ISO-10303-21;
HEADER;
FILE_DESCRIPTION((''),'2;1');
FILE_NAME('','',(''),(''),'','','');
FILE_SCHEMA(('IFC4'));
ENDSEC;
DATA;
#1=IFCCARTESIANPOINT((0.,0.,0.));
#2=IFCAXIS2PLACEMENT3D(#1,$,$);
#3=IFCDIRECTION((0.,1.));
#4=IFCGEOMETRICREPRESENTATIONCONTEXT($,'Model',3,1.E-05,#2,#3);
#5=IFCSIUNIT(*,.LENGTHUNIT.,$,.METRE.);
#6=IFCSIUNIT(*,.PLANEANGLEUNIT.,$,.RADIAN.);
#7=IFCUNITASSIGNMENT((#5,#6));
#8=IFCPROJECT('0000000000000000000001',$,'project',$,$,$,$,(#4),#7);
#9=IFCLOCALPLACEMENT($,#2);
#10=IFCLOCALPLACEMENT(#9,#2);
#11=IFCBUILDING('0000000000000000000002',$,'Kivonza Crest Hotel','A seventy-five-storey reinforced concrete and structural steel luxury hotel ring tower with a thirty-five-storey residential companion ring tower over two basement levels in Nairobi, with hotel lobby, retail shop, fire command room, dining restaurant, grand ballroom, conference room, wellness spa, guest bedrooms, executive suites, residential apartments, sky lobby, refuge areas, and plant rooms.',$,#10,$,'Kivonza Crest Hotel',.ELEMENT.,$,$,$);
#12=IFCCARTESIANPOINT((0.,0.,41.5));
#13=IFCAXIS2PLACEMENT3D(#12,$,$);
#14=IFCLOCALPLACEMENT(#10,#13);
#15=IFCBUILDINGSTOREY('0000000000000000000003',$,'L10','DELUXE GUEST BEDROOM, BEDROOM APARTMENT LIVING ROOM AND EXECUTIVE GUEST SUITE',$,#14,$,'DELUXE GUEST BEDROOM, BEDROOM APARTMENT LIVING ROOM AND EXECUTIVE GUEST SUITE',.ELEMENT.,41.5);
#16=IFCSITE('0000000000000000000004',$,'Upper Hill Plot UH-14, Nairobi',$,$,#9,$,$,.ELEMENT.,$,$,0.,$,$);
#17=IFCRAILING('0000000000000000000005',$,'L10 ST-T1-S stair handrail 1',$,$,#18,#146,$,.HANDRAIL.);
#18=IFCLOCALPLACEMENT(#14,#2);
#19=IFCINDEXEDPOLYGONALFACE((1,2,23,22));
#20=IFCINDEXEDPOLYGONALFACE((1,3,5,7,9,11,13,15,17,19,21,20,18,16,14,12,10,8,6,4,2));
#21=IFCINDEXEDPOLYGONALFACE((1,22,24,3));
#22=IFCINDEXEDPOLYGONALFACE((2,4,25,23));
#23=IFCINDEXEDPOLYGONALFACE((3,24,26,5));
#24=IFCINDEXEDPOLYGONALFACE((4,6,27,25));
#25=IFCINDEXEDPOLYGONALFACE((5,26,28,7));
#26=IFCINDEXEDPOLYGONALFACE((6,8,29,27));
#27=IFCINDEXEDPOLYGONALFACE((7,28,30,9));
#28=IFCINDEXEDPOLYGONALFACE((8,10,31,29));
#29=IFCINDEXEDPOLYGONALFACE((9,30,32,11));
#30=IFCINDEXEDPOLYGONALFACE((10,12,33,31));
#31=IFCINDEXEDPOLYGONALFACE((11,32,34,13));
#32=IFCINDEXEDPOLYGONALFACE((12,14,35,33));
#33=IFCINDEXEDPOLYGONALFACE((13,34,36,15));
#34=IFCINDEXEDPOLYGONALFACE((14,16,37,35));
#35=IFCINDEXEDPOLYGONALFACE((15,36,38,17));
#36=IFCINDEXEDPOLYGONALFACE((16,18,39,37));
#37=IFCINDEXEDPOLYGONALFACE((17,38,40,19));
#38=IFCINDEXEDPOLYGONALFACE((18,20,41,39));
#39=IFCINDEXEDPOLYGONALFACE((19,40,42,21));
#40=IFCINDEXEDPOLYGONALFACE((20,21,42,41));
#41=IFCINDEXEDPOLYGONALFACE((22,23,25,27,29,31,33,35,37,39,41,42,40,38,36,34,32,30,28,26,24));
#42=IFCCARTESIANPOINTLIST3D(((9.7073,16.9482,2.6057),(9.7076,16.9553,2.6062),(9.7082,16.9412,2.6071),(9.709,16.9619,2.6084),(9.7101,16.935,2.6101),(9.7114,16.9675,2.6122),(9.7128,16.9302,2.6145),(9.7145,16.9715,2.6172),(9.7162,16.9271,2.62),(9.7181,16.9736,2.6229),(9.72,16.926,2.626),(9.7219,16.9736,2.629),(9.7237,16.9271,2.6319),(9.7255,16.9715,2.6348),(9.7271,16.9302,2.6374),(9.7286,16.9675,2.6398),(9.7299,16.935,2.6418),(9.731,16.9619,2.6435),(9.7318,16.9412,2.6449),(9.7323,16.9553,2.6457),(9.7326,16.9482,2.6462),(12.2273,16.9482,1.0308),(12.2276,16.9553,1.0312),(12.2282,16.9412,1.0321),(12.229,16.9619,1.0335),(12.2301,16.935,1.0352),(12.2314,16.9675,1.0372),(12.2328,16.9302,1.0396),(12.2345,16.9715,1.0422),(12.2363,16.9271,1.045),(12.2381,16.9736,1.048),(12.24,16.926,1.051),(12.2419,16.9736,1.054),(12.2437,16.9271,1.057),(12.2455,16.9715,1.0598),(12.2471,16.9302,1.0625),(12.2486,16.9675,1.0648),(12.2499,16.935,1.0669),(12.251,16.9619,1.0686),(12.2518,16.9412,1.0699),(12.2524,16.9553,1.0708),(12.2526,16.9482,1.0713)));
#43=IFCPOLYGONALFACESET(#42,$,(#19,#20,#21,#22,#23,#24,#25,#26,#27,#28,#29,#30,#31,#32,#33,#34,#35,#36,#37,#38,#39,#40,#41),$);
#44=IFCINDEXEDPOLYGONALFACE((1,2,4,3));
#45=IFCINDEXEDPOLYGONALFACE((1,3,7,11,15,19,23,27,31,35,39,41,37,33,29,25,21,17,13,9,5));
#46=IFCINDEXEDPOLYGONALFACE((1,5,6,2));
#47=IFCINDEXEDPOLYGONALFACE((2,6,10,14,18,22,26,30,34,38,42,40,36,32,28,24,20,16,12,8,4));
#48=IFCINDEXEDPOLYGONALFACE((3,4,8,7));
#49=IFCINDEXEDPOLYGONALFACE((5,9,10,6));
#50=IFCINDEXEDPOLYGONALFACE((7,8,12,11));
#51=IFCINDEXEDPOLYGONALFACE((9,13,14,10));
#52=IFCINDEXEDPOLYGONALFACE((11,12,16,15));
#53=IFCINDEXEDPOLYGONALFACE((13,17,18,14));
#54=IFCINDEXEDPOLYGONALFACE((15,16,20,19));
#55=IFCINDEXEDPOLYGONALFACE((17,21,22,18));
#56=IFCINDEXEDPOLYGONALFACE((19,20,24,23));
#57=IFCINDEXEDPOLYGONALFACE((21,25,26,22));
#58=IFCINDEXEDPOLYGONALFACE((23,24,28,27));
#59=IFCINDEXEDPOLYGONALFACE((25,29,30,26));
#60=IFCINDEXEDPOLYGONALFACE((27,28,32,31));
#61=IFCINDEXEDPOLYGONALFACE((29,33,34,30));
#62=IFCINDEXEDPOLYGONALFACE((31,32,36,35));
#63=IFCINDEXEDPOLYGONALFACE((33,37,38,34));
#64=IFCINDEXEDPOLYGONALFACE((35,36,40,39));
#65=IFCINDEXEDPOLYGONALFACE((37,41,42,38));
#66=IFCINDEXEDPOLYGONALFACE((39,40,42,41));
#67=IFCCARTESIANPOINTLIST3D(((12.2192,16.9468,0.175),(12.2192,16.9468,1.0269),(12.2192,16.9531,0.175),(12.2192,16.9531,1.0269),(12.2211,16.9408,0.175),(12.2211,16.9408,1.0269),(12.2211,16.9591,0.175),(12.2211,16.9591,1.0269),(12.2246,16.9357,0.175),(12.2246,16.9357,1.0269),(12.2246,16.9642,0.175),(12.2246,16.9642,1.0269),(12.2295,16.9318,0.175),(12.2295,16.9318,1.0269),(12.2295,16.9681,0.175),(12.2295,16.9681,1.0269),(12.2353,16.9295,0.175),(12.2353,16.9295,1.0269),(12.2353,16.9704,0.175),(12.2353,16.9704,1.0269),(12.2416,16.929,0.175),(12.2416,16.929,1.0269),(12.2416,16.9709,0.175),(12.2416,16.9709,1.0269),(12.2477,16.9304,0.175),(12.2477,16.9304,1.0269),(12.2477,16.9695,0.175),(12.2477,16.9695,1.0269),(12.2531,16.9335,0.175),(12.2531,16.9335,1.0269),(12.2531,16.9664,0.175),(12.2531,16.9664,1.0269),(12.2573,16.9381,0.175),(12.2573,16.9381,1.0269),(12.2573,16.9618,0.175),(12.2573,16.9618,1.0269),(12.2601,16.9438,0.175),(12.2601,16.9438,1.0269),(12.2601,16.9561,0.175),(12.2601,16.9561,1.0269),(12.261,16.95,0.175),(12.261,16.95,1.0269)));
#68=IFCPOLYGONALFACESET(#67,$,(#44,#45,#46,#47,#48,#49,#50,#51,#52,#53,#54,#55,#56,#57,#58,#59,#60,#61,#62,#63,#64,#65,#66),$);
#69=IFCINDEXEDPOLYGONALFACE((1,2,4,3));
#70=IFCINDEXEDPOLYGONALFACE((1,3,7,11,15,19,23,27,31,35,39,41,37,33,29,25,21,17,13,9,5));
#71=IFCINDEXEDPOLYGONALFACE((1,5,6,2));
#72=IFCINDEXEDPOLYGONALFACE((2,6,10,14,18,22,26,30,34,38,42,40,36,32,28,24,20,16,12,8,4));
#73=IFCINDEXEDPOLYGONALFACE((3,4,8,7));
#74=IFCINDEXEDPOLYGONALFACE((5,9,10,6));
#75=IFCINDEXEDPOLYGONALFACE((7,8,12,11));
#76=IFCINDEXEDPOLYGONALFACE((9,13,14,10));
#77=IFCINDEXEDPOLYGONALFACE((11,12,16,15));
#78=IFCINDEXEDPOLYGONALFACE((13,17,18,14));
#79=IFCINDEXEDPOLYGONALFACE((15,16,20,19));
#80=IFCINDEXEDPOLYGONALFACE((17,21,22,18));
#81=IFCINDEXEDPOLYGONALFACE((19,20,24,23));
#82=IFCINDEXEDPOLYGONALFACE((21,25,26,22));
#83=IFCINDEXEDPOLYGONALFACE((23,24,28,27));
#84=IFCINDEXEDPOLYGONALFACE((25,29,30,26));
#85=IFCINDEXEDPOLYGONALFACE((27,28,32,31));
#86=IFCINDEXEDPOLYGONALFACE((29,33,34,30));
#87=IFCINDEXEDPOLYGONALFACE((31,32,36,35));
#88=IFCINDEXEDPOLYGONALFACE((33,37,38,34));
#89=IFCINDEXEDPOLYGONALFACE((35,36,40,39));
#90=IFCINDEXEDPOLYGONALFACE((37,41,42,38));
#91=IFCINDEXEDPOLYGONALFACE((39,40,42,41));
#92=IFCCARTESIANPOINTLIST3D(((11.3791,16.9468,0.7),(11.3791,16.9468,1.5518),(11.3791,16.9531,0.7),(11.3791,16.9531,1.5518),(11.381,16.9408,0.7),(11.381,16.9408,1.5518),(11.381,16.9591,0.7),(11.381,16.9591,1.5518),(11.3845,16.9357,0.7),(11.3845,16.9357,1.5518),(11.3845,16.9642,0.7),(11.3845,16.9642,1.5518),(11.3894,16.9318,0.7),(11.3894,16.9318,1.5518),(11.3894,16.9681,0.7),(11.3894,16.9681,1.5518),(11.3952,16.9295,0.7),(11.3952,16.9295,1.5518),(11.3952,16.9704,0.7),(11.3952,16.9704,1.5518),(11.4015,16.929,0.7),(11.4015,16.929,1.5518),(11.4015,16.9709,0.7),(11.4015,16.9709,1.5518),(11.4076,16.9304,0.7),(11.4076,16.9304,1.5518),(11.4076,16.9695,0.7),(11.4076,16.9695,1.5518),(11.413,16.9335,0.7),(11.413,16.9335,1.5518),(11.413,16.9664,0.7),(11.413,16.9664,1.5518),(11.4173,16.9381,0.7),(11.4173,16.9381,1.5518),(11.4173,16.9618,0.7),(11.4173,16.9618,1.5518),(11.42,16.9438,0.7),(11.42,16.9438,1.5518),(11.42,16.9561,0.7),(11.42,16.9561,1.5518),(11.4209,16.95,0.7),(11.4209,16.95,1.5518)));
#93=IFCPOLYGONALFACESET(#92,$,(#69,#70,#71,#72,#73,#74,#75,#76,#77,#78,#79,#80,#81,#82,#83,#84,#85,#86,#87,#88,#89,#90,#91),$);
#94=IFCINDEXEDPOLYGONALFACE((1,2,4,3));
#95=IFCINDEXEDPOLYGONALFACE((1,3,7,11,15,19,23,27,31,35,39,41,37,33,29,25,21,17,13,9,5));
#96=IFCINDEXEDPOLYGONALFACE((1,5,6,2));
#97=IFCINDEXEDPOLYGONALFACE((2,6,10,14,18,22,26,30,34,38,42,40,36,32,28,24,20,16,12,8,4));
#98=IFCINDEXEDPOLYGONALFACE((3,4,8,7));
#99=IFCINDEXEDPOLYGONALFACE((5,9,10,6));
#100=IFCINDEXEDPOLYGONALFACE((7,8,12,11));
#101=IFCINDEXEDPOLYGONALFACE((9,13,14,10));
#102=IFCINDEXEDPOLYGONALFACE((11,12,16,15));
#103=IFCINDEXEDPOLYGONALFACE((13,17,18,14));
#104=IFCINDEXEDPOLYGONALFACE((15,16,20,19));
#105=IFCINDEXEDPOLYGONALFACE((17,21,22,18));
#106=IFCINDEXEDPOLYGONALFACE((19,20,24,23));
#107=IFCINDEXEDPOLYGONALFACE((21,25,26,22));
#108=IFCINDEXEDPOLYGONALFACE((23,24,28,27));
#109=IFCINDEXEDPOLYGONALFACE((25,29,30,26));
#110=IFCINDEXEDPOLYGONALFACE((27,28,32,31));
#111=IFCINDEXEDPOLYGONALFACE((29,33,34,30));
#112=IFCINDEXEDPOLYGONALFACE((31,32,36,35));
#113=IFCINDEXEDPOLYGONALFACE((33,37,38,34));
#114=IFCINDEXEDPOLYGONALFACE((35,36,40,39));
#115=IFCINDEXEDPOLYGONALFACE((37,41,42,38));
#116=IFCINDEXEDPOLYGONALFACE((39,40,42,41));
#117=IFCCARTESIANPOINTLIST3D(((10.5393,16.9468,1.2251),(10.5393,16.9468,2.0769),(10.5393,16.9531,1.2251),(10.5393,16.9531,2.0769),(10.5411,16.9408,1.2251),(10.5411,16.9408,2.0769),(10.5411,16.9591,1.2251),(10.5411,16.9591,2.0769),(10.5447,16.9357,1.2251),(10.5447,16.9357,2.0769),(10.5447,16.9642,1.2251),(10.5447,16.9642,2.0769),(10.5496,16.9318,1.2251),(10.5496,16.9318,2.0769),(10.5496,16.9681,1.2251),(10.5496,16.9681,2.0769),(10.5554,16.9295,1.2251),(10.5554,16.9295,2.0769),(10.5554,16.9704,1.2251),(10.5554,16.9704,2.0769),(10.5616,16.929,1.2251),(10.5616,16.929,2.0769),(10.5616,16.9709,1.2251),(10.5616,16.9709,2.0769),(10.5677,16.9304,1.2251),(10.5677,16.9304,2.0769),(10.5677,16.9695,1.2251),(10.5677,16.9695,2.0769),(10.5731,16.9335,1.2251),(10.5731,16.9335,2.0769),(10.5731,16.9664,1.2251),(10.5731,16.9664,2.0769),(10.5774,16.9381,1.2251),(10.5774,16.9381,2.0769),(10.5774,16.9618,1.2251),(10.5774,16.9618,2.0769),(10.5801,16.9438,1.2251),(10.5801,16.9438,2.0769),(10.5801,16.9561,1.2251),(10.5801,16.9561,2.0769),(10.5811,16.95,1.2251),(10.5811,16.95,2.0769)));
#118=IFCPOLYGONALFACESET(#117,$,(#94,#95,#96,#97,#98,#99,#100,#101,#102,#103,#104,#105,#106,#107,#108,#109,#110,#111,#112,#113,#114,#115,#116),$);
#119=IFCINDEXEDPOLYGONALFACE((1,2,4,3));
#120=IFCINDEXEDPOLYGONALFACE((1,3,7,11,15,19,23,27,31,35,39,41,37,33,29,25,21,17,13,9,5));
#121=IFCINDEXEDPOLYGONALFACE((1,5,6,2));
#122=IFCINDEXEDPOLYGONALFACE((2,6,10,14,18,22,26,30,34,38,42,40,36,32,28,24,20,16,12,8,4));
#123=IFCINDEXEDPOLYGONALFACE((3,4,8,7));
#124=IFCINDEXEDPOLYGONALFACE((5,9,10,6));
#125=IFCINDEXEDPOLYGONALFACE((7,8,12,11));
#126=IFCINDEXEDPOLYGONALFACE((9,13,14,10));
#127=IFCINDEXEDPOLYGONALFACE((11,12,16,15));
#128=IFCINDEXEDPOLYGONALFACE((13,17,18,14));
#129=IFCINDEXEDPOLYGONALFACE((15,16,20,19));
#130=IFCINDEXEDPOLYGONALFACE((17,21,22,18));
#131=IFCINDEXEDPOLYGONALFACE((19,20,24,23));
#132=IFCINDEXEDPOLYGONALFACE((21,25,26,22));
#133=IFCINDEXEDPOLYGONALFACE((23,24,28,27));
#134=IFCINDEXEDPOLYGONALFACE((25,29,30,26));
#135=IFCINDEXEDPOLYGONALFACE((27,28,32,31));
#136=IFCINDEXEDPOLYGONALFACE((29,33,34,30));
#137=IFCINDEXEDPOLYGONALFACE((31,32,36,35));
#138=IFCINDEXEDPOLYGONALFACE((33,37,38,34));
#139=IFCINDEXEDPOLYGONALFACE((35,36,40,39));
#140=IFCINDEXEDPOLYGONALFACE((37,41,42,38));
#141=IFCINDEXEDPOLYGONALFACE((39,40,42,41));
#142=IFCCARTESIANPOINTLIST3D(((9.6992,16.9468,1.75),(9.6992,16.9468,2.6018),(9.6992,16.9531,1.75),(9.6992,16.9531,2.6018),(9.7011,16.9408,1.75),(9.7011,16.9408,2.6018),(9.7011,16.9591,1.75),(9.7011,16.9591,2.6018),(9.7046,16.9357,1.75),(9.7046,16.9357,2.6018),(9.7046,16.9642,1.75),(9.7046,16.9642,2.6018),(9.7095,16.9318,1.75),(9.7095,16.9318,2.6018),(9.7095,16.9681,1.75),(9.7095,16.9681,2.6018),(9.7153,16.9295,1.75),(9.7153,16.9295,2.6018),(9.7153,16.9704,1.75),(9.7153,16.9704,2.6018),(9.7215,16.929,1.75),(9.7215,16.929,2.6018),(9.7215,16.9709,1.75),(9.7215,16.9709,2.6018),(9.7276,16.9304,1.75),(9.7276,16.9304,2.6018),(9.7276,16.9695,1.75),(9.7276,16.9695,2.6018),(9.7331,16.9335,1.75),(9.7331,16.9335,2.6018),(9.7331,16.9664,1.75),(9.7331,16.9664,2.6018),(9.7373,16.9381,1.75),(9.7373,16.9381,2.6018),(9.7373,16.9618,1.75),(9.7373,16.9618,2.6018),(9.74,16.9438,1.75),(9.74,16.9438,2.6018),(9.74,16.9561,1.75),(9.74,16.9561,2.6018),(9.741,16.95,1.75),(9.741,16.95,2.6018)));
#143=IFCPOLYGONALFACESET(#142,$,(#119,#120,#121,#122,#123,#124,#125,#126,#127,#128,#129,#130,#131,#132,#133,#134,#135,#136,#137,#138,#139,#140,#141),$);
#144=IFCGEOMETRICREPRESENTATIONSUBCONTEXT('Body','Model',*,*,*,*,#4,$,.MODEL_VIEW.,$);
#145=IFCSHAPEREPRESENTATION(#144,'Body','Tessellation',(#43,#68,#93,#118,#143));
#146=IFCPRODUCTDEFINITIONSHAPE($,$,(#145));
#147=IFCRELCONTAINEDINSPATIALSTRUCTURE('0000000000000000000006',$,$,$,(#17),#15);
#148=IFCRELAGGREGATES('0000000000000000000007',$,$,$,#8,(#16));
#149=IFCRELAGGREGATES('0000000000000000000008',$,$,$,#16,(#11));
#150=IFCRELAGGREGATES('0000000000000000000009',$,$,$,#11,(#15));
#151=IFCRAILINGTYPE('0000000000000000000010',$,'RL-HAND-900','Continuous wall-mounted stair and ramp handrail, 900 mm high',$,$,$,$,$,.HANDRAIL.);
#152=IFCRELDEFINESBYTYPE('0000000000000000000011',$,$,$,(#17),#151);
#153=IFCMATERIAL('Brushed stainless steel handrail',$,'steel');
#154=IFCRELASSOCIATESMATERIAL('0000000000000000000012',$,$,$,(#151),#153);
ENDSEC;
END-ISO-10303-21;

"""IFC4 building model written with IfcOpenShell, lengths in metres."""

from ifc_helpers import new_model, si_unit, direction, frame, origin, origin_2d, place, context, subcontext, project, spatial, circle, extrude, material, type_object, element, save


model = new_model("IFC4")

# Units and contexts
model_context = context("Model", 3, precision=1e-05, world=origin(), true_north=direction((0.0, 1.0)))
body_context = subcontext(model_context, "Body", "Model", "MODEL_VIEW")
ifc_project = project(units=[si_unit("LENGTHUNIT", "METRE"), si_unit("PLANEANGLEUNIT", "RADIAN")], contexts=[model_context])

# Site, building, storey
site_placement = place(None, origin())
site = spatial("IfcSite", under=ifc_project, at=site_placement, Name="Upper Hill Plot UH-14, Nairobi", CompositionType="ELEMENT", RefElevation=0.0)
building_placement = place(site_placement, origin())
building = spatial("IfcBuilding", under=site, at=building_placement, Name="Kivonza Crest Hotel", Description="A seventy-five-storey reinforced concrete and structural steel luxury hotel ring tower with a thirty-five-storey residential companion ring tower over two basement levels in Nairobi, with hotel lobby, retail shop, fire command room, dining restaurant, grand ballroom, conference room, wellness spa, guest bedrooms, executive suites, residential apartments, sky lobby, refuge areas, and plant rooms.", LongName="Kivonza Crest Hotel", CompositionType="ELEMENT")
storey_placement = place(building_placement, frame((0.0, 0.0, 41.5)))
storey = spatial("IfcBuildingStorey", under=building, at=storey_placement, Name="L10", Description="DELUXE GUEST BEDROOM, BEDROOM APARTMENT LIVING ROOM AND EXECUTIVE GUEST SUITE", LongName="DELUXE GUEST BEDROOM, BEDROOM APARTMENT LIVING ROOM AND EXECUTIVE GUEST SUITE", CompositionType="ELEMENT", Elevation=41.5)

# Railing
ifc_material_1 = material(Name="Brushed stainless steel handrail", Category="steel")
railing_type_1 = type_object("IfcRailingType", Name="RL-HAND-900", Description="Continuous wall-mounted stair and ramp handrail, 900 mm high", PredefinedType="HANDRAIL", material=ifc_material_1)
railing_1_placement = place(storey_placement, frame((12.24, 16.95, 0.175)))
element("IfcRailing", 1, at=railing_1_placement, inside=storey, type_object=railing_type_1, Name="L10 ST-T1-S stair handrail 1", PredefinedType="HANDRAIL", context=body_context, shape_type="SweptSolid", body=[
    extrude(circle(Radius=0.0239, at=origin_2d()), frame((0.0, 0.0, 0.876), z_axis=(-0.848008, 0.0, 0.529984), x_axis=(0.0, -1.0, 0.0)), (0.0, 0.0, 1.0), 2.9717),
    extrude(circle(Radius=0.021, at=origin_2d()), origin(), (0.0, 0.0, 1.0), 0.8518),
    extrude(circle(Radius=0.021, at=origin_2d()), frame((-0.8401, 0.0, 0.5249)), (0.0, 0.0, 1.0), 0.8518),
    extrude(circle(Radius=0.021, at=origin_2d()), frame((-1.6799, 0.0, 1.05)), (0.0, 0.0, 1.0), 0.8518),
    extrude(circle(Radius=0.021, at=origin_2d()), frame((-2.52, 0.0, 1.575)), (0.0, 0.0, 1.0), 0.8518),
])

save(model, "model.ifc")
